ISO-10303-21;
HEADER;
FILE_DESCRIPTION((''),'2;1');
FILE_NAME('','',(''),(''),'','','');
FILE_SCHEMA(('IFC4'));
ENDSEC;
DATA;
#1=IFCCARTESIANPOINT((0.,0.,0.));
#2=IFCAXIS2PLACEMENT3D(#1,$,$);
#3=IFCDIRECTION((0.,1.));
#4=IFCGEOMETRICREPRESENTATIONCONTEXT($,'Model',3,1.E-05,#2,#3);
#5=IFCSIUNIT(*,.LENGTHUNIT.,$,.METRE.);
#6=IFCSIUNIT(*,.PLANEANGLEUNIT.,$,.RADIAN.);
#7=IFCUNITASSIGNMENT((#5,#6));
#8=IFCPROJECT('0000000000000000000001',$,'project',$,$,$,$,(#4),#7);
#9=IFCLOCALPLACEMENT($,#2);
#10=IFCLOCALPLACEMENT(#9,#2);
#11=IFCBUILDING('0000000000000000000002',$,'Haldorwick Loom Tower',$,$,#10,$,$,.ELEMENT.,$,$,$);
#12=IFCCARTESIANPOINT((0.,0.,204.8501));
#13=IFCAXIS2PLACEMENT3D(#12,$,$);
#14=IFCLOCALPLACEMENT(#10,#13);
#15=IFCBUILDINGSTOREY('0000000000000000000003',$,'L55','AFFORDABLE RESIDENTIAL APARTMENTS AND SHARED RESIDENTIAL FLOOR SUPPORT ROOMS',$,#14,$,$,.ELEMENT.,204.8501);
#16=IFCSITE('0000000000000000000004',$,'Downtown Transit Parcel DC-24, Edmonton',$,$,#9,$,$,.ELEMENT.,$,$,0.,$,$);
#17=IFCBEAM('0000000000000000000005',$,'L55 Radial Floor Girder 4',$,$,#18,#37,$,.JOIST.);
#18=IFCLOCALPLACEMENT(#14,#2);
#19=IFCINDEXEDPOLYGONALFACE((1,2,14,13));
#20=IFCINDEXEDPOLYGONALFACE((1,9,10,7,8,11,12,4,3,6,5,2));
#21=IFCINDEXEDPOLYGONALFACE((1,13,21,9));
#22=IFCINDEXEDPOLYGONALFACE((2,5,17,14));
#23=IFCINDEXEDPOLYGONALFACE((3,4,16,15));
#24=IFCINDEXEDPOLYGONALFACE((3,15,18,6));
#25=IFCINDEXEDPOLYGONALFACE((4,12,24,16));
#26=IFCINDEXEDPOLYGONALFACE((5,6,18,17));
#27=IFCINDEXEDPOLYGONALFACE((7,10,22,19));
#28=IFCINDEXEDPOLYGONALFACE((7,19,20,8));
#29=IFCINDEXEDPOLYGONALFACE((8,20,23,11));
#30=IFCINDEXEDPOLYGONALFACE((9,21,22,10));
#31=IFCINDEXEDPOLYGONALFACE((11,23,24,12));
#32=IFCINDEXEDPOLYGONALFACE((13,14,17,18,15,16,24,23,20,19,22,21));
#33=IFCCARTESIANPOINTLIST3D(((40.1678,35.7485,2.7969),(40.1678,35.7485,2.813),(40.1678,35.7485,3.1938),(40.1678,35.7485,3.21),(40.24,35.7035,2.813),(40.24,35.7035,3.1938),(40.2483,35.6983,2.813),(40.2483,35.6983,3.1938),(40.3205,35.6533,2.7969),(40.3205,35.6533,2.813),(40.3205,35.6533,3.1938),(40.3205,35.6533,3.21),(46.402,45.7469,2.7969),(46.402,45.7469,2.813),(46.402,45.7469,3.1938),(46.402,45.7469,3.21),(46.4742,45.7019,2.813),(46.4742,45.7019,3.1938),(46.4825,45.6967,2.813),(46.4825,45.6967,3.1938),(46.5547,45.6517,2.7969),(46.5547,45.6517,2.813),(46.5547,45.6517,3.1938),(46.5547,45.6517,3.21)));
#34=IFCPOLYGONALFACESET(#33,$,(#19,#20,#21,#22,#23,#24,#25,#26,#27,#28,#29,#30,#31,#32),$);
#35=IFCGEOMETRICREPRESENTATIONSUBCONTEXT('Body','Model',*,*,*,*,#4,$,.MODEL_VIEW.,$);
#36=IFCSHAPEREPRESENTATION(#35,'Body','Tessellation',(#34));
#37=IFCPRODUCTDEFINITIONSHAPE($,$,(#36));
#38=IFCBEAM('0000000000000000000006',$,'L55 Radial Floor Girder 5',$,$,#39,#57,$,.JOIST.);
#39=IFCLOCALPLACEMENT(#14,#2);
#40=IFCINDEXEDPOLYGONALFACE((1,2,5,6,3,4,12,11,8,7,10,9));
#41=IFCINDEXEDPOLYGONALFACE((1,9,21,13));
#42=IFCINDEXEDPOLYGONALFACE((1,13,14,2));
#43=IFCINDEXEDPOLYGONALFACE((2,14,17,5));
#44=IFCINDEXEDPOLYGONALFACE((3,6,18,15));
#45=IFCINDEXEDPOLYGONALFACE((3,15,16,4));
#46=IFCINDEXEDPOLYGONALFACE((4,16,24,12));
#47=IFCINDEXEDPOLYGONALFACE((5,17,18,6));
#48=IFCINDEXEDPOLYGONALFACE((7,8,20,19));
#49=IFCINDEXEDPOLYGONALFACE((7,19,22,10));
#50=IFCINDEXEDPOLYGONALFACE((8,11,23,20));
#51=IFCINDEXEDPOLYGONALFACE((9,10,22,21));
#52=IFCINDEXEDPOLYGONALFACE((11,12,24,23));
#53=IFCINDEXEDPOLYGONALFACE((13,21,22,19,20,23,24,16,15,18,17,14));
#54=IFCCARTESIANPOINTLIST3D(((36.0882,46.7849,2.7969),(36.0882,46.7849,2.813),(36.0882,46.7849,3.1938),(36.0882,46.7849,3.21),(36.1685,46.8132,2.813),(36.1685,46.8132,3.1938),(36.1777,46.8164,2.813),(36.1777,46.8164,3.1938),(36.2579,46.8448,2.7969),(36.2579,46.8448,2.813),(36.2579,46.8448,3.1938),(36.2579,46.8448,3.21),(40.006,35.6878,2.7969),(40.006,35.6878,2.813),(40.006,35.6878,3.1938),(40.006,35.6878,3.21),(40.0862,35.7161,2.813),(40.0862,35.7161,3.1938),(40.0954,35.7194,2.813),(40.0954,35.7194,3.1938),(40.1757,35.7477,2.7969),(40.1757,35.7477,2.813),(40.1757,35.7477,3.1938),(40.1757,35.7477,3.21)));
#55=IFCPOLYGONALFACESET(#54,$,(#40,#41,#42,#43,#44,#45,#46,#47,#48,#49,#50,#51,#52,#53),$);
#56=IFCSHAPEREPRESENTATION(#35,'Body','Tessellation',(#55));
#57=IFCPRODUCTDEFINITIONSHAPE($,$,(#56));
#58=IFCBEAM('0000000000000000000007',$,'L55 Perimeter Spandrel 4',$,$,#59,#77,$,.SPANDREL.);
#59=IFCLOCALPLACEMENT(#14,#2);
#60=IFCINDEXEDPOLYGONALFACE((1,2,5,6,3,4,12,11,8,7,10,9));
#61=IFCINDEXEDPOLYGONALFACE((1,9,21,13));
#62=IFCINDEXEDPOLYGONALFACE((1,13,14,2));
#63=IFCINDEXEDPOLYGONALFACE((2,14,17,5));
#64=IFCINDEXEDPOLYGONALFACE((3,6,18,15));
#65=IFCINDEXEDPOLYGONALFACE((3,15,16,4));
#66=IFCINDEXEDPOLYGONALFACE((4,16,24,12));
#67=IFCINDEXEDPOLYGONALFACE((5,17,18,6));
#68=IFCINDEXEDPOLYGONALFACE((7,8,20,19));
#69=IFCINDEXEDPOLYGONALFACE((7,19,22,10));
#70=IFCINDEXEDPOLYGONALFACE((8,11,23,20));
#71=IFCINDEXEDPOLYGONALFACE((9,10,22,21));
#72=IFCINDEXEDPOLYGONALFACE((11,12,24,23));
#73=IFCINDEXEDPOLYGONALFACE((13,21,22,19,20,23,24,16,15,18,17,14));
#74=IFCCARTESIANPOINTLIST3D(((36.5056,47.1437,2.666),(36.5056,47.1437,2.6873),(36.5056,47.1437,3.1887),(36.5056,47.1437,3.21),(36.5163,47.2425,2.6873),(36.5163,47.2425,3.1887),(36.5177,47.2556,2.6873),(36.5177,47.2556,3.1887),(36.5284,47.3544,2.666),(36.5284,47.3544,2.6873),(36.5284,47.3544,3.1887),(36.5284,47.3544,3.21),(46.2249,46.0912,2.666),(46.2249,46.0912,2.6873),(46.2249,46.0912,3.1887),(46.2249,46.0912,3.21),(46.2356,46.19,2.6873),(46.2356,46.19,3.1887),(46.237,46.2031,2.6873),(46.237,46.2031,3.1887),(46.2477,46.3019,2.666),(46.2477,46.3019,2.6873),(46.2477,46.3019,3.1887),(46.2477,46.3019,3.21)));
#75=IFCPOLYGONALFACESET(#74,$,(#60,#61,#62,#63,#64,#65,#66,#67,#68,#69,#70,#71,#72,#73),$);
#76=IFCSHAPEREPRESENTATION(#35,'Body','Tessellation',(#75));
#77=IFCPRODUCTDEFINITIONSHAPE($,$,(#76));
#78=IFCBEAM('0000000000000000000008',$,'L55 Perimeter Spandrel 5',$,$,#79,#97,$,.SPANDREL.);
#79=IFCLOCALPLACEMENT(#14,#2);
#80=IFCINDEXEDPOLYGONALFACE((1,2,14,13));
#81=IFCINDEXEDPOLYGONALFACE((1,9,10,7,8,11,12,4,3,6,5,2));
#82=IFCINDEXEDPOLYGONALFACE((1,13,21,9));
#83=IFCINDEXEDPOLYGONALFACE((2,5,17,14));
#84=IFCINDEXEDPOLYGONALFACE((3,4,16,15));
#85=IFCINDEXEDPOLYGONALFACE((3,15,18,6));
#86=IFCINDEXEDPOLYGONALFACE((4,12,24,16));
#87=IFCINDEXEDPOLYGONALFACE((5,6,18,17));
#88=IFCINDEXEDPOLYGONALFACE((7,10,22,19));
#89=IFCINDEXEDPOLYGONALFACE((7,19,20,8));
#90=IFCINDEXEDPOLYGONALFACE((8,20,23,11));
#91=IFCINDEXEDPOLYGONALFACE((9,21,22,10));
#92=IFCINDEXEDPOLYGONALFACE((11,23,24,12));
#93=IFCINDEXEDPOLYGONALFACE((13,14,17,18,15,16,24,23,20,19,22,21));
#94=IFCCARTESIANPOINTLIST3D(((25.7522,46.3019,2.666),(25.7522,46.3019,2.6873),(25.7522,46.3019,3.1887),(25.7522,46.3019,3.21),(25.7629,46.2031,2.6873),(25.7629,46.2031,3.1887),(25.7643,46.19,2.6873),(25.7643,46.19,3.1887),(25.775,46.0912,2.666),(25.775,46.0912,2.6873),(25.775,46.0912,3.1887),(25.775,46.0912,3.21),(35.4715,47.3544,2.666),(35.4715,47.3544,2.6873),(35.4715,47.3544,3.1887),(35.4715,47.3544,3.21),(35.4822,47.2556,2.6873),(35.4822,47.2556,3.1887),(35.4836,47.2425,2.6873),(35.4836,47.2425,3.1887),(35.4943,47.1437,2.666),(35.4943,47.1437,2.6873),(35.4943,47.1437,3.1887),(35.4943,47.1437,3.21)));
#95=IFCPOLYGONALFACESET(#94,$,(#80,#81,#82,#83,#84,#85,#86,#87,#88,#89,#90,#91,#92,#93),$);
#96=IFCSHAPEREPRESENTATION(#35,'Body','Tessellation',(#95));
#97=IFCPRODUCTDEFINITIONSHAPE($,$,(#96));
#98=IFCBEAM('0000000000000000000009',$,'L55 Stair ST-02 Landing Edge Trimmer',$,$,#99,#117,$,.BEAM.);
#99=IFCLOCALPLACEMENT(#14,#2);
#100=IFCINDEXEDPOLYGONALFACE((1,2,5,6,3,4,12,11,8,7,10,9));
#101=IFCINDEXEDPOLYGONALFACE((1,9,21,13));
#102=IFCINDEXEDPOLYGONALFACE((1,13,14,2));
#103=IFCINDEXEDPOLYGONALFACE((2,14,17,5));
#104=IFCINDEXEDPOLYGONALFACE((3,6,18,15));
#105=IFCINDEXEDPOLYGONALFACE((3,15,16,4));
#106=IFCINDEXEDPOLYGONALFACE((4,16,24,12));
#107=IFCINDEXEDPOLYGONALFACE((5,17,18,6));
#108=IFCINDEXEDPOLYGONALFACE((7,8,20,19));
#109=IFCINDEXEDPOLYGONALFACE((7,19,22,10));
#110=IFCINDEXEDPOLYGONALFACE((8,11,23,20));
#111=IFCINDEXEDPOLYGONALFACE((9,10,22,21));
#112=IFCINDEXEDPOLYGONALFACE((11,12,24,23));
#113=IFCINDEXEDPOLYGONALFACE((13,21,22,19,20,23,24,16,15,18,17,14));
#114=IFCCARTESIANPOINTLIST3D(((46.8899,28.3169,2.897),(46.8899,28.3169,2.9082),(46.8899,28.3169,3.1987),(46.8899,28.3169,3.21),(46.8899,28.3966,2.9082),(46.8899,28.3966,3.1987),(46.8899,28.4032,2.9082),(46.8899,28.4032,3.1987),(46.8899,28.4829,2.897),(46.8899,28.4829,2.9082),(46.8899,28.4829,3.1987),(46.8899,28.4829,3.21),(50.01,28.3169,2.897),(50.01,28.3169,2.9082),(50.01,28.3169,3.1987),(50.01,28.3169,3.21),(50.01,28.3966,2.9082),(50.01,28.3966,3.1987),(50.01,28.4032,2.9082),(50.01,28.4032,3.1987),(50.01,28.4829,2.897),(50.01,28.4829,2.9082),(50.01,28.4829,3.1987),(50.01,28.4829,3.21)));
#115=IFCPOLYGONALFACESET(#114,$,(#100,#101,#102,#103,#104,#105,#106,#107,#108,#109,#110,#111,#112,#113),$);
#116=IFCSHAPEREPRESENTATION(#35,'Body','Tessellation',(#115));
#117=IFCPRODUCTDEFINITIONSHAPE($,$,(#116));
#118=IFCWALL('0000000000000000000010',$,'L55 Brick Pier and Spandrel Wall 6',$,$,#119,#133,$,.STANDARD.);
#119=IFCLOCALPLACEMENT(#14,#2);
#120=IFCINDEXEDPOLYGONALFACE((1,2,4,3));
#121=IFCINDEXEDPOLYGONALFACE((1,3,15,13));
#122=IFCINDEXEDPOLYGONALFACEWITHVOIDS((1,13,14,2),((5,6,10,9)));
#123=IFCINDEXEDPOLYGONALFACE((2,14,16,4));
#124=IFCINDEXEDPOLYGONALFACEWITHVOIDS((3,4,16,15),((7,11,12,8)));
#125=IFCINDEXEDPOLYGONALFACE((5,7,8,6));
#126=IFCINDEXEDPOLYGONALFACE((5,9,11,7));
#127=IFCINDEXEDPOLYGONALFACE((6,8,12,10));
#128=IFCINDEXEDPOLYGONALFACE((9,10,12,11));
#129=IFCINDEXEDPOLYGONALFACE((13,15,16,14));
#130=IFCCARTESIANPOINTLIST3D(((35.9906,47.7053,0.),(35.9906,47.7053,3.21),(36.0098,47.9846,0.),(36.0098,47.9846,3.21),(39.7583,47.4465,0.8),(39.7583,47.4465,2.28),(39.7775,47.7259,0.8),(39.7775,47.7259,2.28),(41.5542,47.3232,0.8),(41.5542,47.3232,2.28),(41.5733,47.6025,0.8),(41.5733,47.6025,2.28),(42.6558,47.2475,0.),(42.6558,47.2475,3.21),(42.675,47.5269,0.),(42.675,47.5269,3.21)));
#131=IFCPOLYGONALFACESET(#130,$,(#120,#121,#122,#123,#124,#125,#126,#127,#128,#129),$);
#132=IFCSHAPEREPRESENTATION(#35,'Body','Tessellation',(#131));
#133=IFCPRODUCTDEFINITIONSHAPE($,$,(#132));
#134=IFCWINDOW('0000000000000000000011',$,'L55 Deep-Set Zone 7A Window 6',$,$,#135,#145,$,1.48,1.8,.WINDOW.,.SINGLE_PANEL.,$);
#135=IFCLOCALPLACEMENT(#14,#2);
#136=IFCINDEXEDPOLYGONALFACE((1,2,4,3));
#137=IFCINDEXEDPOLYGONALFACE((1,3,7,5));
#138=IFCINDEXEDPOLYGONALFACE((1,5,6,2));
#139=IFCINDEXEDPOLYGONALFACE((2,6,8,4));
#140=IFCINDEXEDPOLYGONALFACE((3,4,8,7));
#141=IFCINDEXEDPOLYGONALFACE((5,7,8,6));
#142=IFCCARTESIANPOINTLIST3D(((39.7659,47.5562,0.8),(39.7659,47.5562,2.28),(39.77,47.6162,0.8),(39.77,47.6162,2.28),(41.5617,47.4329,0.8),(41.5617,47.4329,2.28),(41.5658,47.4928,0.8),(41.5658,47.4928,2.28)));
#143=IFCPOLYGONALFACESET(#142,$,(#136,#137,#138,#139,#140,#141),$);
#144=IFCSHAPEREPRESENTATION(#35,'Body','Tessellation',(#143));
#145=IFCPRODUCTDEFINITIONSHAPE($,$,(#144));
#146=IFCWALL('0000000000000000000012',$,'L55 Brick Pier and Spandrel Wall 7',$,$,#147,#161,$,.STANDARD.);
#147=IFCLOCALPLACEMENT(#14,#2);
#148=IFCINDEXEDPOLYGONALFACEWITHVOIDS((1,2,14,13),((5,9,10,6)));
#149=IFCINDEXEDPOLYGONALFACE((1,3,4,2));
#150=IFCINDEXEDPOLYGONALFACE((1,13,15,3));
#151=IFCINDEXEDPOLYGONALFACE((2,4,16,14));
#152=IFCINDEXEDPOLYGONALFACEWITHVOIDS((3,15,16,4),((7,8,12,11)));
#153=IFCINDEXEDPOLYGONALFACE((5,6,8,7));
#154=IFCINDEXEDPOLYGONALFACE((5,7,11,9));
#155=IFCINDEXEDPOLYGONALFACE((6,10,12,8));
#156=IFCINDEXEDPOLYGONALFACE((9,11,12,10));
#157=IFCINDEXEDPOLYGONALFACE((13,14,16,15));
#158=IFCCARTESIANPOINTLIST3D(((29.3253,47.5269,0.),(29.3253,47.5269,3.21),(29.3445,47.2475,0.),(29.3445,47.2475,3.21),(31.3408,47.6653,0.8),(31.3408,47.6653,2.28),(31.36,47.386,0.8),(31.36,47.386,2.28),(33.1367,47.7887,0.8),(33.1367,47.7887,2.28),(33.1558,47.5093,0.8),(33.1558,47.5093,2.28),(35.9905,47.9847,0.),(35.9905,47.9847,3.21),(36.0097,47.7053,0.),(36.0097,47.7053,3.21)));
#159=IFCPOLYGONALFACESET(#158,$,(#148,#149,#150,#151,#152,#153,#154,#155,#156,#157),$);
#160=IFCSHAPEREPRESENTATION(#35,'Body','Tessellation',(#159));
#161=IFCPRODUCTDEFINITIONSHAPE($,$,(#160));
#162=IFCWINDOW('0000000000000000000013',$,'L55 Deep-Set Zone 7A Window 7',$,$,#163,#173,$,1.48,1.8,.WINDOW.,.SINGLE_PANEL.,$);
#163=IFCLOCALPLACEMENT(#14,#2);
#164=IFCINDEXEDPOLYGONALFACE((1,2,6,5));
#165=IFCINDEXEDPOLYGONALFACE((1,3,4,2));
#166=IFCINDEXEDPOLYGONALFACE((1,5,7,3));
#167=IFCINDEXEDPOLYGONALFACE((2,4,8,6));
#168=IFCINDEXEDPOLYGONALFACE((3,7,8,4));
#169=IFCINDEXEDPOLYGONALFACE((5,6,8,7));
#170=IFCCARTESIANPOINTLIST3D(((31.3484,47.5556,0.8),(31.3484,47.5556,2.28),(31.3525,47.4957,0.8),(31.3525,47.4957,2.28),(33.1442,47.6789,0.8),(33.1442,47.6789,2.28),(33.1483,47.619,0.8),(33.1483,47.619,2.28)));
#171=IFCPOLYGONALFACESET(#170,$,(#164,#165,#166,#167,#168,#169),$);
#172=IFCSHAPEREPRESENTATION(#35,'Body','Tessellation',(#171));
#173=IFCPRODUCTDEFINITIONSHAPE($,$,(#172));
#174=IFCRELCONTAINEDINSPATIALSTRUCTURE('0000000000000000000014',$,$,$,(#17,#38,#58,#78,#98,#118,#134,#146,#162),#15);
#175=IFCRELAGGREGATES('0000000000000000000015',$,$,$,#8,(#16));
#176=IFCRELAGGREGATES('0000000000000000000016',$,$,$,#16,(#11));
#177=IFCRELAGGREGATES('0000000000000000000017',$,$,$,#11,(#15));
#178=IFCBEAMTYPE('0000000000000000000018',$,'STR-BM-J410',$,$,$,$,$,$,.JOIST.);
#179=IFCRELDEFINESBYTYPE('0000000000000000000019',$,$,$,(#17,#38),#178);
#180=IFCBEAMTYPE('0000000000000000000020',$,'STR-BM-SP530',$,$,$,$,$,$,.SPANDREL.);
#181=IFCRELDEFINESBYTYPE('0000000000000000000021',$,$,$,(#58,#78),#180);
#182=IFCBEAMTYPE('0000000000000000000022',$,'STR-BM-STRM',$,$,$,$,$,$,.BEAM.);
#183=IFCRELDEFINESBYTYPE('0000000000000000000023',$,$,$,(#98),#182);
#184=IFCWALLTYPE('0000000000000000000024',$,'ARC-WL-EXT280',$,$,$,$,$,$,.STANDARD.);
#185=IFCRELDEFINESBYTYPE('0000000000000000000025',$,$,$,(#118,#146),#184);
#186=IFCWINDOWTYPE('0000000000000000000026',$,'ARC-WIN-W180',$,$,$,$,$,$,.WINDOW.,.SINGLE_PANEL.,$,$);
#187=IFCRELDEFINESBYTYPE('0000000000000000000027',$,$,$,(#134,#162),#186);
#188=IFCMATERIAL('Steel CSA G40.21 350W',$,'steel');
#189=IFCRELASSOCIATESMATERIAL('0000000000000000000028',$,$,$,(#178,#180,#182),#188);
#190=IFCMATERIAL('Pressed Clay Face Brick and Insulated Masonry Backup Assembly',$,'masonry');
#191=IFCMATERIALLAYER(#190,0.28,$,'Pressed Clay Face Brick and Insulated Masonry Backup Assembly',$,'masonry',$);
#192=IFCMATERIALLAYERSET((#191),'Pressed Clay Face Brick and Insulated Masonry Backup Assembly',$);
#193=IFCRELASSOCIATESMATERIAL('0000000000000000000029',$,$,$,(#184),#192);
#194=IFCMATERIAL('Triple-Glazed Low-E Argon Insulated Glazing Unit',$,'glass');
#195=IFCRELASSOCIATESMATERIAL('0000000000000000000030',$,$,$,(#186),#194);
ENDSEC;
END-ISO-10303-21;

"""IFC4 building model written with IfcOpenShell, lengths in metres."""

from ifc_helpers import new_model, si_unit, direction, frame, frame_2d, origin, origin_2d, place, context, subcontext, project, spatial, rectangle, i_section, extrude, material, layer, layer_set, material_profile, profile_set, type_object, element, fill, save


model = new_model("IFC4")

# Units and contexts
model_context = context("Model", 3, precision=1e-05, world=origin(), true_north=direction((0.0, 1.0)))
body_context = subcontext(model_context, "Body", "Model", "MODEL_VIEW")
ifc_project = project(units=[si_unit("LENGTHUNIT", "METRE"), si_unit("PLANEANGLEUNIT", "RADIAN")], contexts=[model_context])

# Site, building, storey
site_placement = place(None, origin())
site = spatial("IfcSite", under=ifc_project, at=site_placement, Name="Downtown Transit Parcel DC-24, Edmonton", CompositionType="ELEMENT", RefElevation=0.0)
building_placement = place(site_placement, origin())
building = spatial("IfcBuilding", under=site, at=building_placement, Name="Haldorwick Loom Tower", CompositionType="ELEMENT")
storey_placement = place(building_placement, frame((0.0, 0.0, 204.8501)))
storey = spatial("IfcBuildingStorey", under=building, at=storey_placement, Name="L55", Description="AFFORDABLE RESIDENTIAL APARTMENTS AND SHARED RESIDENTIAL FLOOR SUPPORT ROOMS", CompositionType="ELEMENT", Elevation=204.8501)

# Shared definitions
ifc_material_1 = material(Name="Steel CSA G40.21 350W", Category="steel")

# Beams
ifc_material_profile_1 = material_profile(ifc_material_1, i_section(OverallWidth=0.1799, OverallDepth=0.4131, WebThickness=0.0098, FlangeThickness=0.0161, at=origin_2d()), Name="W410X74", Category="steel")
ifc_profile_set_1 = profile_set([ifc_material_profile_1], Name="Steel CSA G40.21 350W")
beam_type_1 = type_object("IfcBeamType", Name="STR-BM-J410", PredefinedType="JOIST", material=ifc_profile_set_1)
beam_1_placement = place(storey_placement, frame((40.2441, 35.7009, 3.0034), z_axis=(0.529095, 0.848562, 0.0), x_axis=(-0.848562, 0.529095, 0.0)))
element("IfcBeam", 1, at=beam_1_placement, inside=storey, type_object=beam_type_1, Name="L55 Radial Floor Girder 4", PredefinedType="JOIST", context=body_context, shape_type="SweptSolid", body=[
    extrude(i_section(OverallWidth=0.1799, OverallDepth=0.4131, WebThickness=0.0098, FlangeThickness=0.0161, at=origin_2d()), origin(), (0.0, 0.0, 1.0), 11.7827),
])
beam_2_placement = place(storey_placement, frame((40.0908, 35.7178, 3.0034), z_axis=(-0.332908, 0.942959, 0.0), x_axis=(-0.942959, -0.332908, 0.0)))
element("IfcBeam", 2, at=beam_2_placement, inside=storey, type_object=beam_type_1, Name="L55 Radial Floor Girder 5", PredefinedType="JOIST", context=body_context, shape_type="SweptSolid", body=[
    extrude(i_section(OverallWidth=0.1799, OverallDepth=0.4131, WebThickness=0.0098, FlangeThickness=0.0161, at=origin_2d()), origin(), (0.0, 0.0, 1.0), 11.7683),
])
ifc_material_profile_2 = material_profile(ifc_material_1, i_section(OverallWidth=0.2119, OverallDepth=0.5439, WebThickness=0.0132, FlangeThickness=0.0212, at=origin_2d()), Name="W530X123", Category="steel")
ifc_profile_set_2 = profile_set([ifc_material_profile_2], Name="Steel CSA G40.21 350W")
beam_type_2 = type_object("IfcBeamType", Name="STR-BM-SP530", PredefinedType="SPANDREL", material=ifc_profile_set_2)
for number, where, z_axis, x_axis, name in (
    (3, (46.2363, 46.1965, 2.938), (-0.994188, 0.10766, 0.0), (-0.10766, -0.994188, 0.0), "L55 Perimeter Spandrel 4"),
    (4, (35.4829, 47.249, 2.938), (-0.994188, -0.10766, 0.0), (0.10766, -0.994188, 0.0), "L55 Perimeter Spandrel 5"),
):
    element("IfcBeam", number, at=place(storey_placement, frame(where, z_axis=z_axis, x_axis=x_axis)), inside=storey, type_object=beam_type_2, Name=name, PredefinedType="SPANDREL", context=body_context, shape_type="SweptSolid", body=[
        extrude(i_section(OverallWidth=0.2119, OverallDepth=0.5439, WebThickness=0.0132, FlangeThickness=0.0212, at=origin_2d()), origin(), (0.0, 0.0, 1.0), 9.7761),
    ])
ifc_material_profile_3 = material_profile(ifc_material_1, i_section(OverallWidth=0.166, OverallDepth=0.313, WebThickness=0.0066, FlangeThickness=0.0112, at=origin_2d()), Name="W310X45", Category="steel")
ifc_profile_set_3 = profile_set([ifc_material_profile_3], Name="Steel CSA G40.21 350W")
beam_type_3 = type_object("IfcBeamType", Name="STR-BM-STRM", PredefinedType="BEAM", material=ifc_profile_set_3)
beam_3_placement = place(storey_placement, frame((46.8899, 28.3999, 3.0535), z_axis=(1.0, 0.0, 0.0), x_axis=(0.0, 1.0, 0.0)))
element("IfcBeam", 5, at=beam_3_placement, inside=storey, type_object=beam_type_3, Name="L55 Stair ST-02 Landing Edge Trimmer", PredefinedType="BEAM", context=body_context, shape_type="SweptSolid", body=[
    extrude(i_section(OverallWidth=0.166, OverallDepth=0.313, WebThickness=0.0066, FlangeThickness=0.0112, at=origin_2d()), origin(), (0.0, 0.0, 1.0), 3.1201),
])

# Walls, openings, windows
ifc_material_2 = material(Name="Pressed Clay Face Brick and Insulated Masonry Backup Assembly", Category="masonry")
ifc_layer_1 = layer(ifc_material_2, 0.28, Name="Pressed Clay Face Brick and Insulated Masonry Backup Assembly", Category="masonry")
ifc_layer_set_1 = layer_set([ifc_layer_1], Name="Pressed Clay Face Brick and Insulated Masonry Backup Assembly")
wall_type_1 = type_object("IfcWallType", Name="ARC-WL-EXT280", PredefinedType="STANDARD", material=ifc_layer_set_1)
wall_1_placement = place(storey_placement, frame((42.6653, 47.3872, 0.0), z_axis=(0.0, 0.0, 1.0), x_axis=(-0.99765, 0.068517, 0.0)))
wall_1 = element("IfcWall", 6, at=wall_1_placement, inside=storey, type_object=wall_type_1, Name="L55 Brick Pier and Spandrel Wall 6", PredefinedType="STANDARD", context=body_context, shape_type="SweptSolid", body=[
    extrude(rectangle(XDim=6.6809, YDim=0.28, at=frame_2d((3.3403, 0.0))), origin(), (0.0, 0.0, 1.0), 3.21),
])
opening_1_placement = place(wall_1_placement, frame((1.1042, 0.0, 0.8)))
opening_1 = element("IfcOpeningElement", 7, at=opening_1_placement, cuts=wall_1, PredefinedType="OPENING", context=body_context, shape_type="SweptSolid", body=[
    extrude(rectangle(XDim=1.8, YDim=1.48, at=frame_2d((0.8999, 0.74))), frame((0.0, 0.1499, 0.0), z_axis=(0.0, -1.0, 0.0), x_axis=(1.0, 0.0, 0.0)), (0.0, 0.0, 1.0), 0.3),
])
ifc_material_3 = material(Name="Triple-Glazed Low-E Argon Insulated Glazing Unit", Category="glass")
window_type = type_object("IfcWindowType", Name="ARC-WIN-W180", PartitioningType="SINGLE_PANEL", PredefinedType="WINDOW", material=ifc_material_3)
window_1_placement = place(opening_1_placement, origin())
window_1 = element("IfcWindow", 8, at=window_1_placement, inside=storey, type_object=window_type, Name="L55 Deep-Set Zone 7A Window 6", OverallHeight=1.48, OverallWidth=1.8, PartitioningType="SINGLE_PANEL", PredefinedType="WINDOW", context=body_context, shape_type="SweptSolid", body=[
    extrude(rectangle(XDim=1.8, YDim=1.48, at=frame_2d((0.8999, 0.74))), frame((0.0, 0.03, 0.0), z_axis=(0.0, -1.0, 0.0), x_axis=(1.0, 0.0, 0.0)), (0.0, 0.0, 1.0), 0.0601),
])
fill(opening_1, window_1)
wall_2_placement = place(storey_placement, frame((36.0, 47.845, 0.0), z_axis=(0.0, 0.0, 1.0), x_axis=(-0.99765, -0.068517, 0.0)))
wall_2 = element("IfcWall", 9, at=wall_2_placement, inside=storey, type_object=wall_type_1, Name="L55 Brick Pier and Spandrel Wall 7", PredefinedType="STANDARD", context=body_context, shape_type="SweptSolid", body=[
    extrude(rectangle(XDim=6.6809, YDim=0.28, at=frame_2d((3.3403, 0.0))), origin(), (0.0, 0.0, 1.0), 3.21),
])
opening_2_placement = place(wall_2_placement, frame((2.8606, 0.0, 0.8)))
opening_2 = element("IfcOpeningElement", 10, at=opening_2_placement, cuts=wall_2, PredefinedType="OPENING", context=body_context, shape_type="SweptSolid", body=[
    extrude(rectangle(XDim=1.8, YDim=1.48, at=frame_2d((0.8999, 0.74))), frame((0.0, 0.1499, 0.0), z_axis=(0.0, -1.0, 0.0), x_axis=(1.0, 0.0, 0.0)), (0.0, 0.0, 1.0), 0.3),
])
window_2_placement = place(opening_2_placement, origin())
window_2 = element("IfcWindow", 11, at=window_2_placement, inside=storey, type_object=window_type, Name="L55 Deep-Set Zone 7A Window 7", OverallHeight=1.48, OverallWidth=1.8, PartitioningType="SINGLE_PANEL", PredefinedType="WINDOW", context=body_context, shape_type="SweptSolid", body=[
    extrude(rectangle(XDim=1.8, YDim=1.48, at=frame_2d((0.8999, 0.74))), frame((0.0, 0.03, 0.0), z_axis=(0.0, -1.0, 0.0), x_axis=(1.0, 0.0, 0.0)), (0.0, 0.0, 1.0), 0.0601),
])
fill(opening_2, window_2)

save(model, "model.ifc")
